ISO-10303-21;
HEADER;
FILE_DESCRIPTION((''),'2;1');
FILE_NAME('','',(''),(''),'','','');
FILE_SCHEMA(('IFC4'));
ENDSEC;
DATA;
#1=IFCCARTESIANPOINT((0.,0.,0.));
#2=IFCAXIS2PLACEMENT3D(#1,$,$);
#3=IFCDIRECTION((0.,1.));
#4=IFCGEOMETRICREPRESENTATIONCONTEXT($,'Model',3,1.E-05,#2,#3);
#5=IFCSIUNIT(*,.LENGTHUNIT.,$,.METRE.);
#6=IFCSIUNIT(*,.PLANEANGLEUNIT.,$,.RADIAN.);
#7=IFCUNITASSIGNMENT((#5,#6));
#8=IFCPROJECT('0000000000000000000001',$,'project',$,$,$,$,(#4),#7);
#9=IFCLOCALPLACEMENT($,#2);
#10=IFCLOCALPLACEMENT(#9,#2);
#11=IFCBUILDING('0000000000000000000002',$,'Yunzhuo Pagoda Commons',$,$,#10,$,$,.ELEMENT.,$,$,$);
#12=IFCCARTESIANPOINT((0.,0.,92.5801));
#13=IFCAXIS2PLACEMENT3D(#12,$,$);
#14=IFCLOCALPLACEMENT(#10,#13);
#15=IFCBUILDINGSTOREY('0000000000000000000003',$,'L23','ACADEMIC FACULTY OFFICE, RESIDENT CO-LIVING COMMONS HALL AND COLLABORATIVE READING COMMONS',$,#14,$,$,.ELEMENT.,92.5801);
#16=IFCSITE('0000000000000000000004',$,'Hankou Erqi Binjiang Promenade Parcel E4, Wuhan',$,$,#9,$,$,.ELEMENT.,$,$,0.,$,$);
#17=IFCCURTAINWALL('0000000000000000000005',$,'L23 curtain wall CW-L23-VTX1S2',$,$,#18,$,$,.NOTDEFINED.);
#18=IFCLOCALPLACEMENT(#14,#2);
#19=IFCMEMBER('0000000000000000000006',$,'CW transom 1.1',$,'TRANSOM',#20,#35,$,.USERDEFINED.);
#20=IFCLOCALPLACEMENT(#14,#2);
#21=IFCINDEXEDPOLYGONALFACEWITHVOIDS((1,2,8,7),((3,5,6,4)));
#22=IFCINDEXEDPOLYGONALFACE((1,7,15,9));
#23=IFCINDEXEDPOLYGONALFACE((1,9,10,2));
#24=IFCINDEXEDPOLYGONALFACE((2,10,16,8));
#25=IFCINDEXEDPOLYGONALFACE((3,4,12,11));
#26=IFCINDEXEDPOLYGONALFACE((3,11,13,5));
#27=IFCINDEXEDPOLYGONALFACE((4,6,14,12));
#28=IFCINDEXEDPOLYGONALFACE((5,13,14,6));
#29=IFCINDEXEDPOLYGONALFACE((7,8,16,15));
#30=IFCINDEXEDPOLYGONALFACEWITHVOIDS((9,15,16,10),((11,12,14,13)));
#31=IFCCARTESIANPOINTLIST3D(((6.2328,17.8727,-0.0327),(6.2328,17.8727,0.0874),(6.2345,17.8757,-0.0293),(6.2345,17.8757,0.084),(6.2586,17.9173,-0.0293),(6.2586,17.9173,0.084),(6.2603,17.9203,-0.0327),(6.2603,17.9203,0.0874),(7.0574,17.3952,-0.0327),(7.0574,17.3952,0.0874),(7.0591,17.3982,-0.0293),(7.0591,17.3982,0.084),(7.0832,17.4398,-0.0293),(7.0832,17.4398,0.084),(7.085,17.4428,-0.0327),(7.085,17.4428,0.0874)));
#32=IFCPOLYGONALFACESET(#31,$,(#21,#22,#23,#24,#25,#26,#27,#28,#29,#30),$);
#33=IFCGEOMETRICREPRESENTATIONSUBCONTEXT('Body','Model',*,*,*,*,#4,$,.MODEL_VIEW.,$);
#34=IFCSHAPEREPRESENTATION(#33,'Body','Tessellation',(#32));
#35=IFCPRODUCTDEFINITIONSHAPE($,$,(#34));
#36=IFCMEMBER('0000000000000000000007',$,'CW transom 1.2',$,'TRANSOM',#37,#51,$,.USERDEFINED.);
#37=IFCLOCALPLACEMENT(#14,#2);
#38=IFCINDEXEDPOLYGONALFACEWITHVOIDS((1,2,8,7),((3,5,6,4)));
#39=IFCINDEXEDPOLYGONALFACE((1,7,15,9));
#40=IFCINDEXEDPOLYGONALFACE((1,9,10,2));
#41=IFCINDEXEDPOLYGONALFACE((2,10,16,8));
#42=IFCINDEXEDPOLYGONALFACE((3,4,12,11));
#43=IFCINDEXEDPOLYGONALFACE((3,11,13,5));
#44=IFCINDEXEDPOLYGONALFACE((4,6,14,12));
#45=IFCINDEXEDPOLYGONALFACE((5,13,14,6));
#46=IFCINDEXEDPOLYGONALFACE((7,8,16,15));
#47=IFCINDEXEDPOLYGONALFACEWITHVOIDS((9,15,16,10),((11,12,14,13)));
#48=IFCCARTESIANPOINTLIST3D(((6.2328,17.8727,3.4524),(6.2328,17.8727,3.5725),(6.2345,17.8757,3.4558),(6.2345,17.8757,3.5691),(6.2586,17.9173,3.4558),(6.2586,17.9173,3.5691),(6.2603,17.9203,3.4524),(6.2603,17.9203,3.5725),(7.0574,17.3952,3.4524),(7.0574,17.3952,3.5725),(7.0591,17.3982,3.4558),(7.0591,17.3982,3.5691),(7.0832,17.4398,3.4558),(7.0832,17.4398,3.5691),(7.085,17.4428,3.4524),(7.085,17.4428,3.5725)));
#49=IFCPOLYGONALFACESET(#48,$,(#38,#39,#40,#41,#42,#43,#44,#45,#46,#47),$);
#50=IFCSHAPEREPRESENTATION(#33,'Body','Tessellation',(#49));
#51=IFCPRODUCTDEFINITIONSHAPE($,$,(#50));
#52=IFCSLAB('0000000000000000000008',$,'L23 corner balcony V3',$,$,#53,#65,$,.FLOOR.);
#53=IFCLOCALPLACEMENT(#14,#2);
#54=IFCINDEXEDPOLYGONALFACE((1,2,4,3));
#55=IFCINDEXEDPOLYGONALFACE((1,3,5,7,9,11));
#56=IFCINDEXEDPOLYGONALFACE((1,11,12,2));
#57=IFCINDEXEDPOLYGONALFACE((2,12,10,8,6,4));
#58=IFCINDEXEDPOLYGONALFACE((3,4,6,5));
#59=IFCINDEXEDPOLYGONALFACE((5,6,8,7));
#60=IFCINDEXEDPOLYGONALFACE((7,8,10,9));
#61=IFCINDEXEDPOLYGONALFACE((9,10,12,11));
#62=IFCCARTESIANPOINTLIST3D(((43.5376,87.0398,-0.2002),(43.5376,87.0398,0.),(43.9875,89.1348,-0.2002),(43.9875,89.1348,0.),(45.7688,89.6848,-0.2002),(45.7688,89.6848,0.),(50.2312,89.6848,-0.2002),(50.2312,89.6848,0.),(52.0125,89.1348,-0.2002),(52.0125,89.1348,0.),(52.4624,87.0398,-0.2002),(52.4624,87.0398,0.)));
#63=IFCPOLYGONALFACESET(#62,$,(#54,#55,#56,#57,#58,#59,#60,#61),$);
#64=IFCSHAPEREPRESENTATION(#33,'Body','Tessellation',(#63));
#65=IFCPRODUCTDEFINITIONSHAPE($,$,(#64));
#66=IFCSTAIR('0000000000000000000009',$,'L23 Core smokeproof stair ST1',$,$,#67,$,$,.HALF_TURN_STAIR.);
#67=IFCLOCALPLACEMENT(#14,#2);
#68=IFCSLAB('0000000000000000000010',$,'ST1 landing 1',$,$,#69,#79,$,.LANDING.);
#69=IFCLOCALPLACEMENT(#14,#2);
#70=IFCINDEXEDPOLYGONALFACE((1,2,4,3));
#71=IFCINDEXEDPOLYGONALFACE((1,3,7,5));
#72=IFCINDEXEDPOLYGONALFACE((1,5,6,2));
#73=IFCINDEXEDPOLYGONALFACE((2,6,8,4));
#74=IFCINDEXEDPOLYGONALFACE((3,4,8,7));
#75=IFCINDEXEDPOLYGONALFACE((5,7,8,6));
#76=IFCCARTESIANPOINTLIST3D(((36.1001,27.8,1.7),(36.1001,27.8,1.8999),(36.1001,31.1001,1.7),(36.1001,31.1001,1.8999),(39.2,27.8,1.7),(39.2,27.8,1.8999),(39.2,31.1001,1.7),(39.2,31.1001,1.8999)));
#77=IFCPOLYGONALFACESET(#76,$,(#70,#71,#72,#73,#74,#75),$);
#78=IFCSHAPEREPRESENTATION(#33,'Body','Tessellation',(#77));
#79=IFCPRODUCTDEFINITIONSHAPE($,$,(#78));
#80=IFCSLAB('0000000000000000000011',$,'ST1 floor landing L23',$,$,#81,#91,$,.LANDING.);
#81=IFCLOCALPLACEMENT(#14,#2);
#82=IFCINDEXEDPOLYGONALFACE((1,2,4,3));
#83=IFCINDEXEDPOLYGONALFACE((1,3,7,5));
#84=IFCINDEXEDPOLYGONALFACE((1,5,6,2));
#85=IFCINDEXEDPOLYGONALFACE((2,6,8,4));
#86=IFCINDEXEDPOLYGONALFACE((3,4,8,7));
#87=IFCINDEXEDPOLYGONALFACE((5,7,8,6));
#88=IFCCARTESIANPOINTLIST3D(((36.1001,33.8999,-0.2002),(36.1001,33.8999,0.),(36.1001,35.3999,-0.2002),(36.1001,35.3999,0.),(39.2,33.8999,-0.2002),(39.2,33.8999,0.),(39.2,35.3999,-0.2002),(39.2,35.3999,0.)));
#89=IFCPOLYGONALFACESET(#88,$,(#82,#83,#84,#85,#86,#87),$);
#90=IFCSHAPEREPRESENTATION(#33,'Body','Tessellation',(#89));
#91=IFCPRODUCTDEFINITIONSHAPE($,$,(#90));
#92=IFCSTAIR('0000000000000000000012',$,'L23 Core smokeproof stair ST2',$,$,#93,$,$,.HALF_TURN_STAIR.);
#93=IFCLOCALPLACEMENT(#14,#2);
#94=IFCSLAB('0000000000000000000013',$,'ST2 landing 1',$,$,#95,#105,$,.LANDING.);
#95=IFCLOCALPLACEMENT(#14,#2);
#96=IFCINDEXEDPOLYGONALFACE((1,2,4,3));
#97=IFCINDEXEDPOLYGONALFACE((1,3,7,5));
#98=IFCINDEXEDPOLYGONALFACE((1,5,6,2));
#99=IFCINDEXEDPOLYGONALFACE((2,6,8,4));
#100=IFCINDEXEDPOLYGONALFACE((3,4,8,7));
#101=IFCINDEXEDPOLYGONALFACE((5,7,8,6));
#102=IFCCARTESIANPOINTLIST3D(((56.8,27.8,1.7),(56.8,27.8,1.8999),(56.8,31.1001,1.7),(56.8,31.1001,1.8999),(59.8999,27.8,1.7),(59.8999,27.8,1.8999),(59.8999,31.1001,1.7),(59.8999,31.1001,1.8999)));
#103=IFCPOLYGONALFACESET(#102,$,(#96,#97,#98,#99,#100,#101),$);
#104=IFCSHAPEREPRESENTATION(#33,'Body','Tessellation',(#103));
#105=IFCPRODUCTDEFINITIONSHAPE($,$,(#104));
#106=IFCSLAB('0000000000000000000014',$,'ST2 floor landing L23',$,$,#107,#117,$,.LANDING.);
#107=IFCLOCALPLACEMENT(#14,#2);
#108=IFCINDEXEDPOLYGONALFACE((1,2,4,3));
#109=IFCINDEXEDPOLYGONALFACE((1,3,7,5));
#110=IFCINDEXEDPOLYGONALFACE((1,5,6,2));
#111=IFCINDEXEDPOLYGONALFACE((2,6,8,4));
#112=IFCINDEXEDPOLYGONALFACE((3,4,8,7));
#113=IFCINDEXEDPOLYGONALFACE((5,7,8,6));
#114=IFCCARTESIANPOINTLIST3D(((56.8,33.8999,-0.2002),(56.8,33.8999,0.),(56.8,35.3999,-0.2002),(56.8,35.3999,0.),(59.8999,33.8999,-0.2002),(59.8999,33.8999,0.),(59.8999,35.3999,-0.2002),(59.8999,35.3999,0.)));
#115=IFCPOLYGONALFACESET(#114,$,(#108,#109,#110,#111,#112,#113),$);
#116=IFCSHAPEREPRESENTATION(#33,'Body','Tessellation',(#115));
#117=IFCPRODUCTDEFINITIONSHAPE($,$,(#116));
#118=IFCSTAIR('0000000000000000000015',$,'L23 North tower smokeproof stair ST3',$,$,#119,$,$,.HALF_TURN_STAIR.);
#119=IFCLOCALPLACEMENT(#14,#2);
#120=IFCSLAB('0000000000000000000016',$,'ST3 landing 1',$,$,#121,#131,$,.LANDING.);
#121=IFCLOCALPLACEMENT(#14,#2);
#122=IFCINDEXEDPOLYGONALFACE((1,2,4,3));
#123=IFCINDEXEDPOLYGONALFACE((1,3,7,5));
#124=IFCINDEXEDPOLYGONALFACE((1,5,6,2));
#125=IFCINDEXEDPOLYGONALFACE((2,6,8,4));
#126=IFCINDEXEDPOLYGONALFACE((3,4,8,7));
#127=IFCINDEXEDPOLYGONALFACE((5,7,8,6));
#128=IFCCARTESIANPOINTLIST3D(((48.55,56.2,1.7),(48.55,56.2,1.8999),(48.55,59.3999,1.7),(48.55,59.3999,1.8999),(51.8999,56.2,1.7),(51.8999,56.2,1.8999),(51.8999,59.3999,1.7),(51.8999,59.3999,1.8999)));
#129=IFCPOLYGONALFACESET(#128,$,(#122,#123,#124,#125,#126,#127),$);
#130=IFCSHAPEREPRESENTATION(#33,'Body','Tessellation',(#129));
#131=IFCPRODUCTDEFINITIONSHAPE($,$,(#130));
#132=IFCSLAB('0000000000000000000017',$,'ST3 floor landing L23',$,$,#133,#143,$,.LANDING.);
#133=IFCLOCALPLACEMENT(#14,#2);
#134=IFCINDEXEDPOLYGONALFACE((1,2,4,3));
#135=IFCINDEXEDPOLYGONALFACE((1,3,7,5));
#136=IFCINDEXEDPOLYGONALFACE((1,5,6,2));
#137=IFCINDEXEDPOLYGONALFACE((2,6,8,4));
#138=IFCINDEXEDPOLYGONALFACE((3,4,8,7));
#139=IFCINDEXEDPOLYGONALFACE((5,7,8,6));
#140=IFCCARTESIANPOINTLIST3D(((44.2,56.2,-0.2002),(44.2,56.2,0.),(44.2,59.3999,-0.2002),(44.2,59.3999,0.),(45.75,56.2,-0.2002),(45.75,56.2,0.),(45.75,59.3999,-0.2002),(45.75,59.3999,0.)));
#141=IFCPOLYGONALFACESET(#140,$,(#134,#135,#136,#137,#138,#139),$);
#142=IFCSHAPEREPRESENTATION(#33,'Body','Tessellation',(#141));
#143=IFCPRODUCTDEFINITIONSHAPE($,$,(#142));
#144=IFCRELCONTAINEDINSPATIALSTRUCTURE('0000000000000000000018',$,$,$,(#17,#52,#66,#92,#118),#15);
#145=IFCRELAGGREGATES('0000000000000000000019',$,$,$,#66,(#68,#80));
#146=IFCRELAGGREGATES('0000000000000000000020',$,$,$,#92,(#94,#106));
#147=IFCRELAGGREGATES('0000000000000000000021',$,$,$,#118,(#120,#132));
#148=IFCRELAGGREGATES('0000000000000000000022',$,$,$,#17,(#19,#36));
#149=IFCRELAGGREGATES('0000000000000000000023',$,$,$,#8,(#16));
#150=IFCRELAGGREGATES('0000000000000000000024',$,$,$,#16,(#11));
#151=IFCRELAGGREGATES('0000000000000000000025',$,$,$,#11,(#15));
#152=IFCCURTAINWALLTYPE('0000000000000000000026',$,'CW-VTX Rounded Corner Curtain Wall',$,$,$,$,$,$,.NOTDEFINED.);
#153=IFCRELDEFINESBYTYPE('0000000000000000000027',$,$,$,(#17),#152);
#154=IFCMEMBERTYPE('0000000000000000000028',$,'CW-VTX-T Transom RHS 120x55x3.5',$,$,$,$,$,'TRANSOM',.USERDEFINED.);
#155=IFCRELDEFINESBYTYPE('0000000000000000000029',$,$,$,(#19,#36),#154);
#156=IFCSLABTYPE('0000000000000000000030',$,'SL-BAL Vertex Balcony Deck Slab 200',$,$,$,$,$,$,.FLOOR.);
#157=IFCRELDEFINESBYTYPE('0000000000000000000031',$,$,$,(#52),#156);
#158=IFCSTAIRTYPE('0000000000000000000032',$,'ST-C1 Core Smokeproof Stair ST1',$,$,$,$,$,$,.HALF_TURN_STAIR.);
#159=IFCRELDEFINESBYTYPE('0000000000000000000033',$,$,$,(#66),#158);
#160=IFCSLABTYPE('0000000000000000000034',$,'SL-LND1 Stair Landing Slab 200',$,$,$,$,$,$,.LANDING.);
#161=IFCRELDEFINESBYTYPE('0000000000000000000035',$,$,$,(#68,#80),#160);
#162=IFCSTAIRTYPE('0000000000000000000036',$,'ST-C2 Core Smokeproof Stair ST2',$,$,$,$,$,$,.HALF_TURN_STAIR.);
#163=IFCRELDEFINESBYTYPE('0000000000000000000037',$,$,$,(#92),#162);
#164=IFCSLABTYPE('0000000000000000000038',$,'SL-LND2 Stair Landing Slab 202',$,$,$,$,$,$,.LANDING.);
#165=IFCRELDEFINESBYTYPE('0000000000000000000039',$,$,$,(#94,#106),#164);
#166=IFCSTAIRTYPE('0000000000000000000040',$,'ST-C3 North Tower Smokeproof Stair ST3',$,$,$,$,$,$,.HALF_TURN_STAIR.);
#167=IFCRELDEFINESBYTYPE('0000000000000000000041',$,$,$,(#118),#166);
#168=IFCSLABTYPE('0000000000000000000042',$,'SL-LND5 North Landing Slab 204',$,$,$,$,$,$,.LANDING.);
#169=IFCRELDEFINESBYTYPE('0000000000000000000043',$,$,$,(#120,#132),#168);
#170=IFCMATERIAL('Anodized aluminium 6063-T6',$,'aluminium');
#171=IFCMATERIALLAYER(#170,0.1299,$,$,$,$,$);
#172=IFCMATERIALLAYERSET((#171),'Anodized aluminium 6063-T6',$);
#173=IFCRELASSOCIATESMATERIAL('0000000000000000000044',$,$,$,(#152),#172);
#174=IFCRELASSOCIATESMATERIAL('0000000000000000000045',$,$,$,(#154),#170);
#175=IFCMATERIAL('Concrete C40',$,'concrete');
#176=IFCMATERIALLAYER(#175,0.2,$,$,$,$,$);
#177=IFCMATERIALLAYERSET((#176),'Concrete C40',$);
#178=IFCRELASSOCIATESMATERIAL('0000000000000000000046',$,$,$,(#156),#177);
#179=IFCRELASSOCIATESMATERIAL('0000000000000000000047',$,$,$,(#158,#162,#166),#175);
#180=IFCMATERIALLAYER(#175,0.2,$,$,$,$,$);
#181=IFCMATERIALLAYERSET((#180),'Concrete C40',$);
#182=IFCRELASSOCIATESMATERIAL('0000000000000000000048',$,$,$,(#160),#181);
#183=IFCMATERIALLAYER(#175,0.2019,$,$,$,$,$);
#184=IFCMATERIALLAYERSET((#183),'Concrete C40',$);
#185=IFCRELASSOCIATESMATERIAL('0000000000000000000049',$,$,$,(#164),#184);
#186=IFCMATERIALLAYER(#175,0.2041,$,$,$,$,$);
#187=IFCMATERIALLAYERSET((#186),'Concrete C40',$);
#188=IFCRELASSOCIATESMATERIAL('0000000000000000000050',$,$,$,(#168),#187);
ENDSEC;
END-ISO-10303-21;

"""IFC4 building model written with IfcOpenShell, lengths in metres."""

from ifc_helpers import new_model, si_unit, direction, frame, origin, origin_2d, place, context, subcontext, project, spatial, polyline, hollow_rectangle, outline, extrude, source, transform, mapped, material, layer, layer_set, material_profile, profile_set, type_object, element, aggregate, save


model = new_model("IFC4")

# Units and contexts
model_context = context("Model", 3, precision=1e-05, world=origin(), true_north=direction((0.0, 1.0)))
body_context = subcontext(model_context, "Body", "Model", "MODEL_VIEW")
ifc_project = project(units=[si_unit("LENGTHUNIT", "METRE"), si_unit("PLANEANGLEUNIT", "RADIAN")], contexts=[model_context])

# Site, building, storey
site_placement = place(None, origin())
site = spatial("IfcSite", under=ifc_project, at=site_placement, Name="Hankou Erqi Binjiang Promenade Parcel E4, Wuhan", CompositionType="ELEMENT", RefElevation=0.0)
building_placement = place(site_placement, origin())
building = spatial("IfcBuilding", under=site, at=building_placement, Name="Yunzhuo Pagoda Commons", CompositionType="ELEMENT")
storey_placement = place(building_placement, frame((0.0, 0.0, 92.5801)))
storey = spatial("IfcBuildingStorey", under=building, at=storey_placement, Name="L23", Description="ACADEMIC FACULTY OFFICE, RESIDENT CO-LIVING COMMONS HALL AND COLLABORATIVE READING COMMONS", CompositionType="ELEMENT", Elevation=92.5801)

# Curtain wall
ifc_material_1 = material(Name="Anodized aluminium 6063-T6", Category="aluminium")
ifc_layer_1 = layer(ifc_material_1, 0.1299)
ifc_layer_set_1 = layer_set([ifc_layer_1], Name="Anodized aluminium 6063-T6")
curtain_wall_type = type_object("IfcCurtainWallType", Name="CW-VTX Rounded Corner Curtain Wall", PredefinedType="NOTDEFINED", material=ifc_layer_set_1)
curtain_wall_1_placement = place(storey_placement, origin())
curtain_wall_1 = element("IfcCurtainWall", 1, at=curtain_wall_1_placement, inside=storey, type_object=curtain_wall_type, Name="L23 curtain wall CW-L23-VTX1S2", PredefinedType="NOTDEFINED")
ifc_material_profile_1 = material_profile(ifc_material_1, hollow_rectangle(XDim=0.0549, YDim=0.1201, WallThickness=0.0034, at=origin_2d()), Name="Anodized aluminium 6063-T6")
ifc_profile_set_1 = profile_set([ifc_material_profile_1], Name="Anodized aluminium 6063-T6")
member_type_1 = type_object("IfcMemberType", Name="CW-VTX-T Transom RHS 120x55x3.5", ElementType="TRANSOM", PredefinedType="USERDEFINED", material=ifc_profile_set_1)

# Shared definitions
shared_shape_1 = source(origin(), body_context, "Body", "SweptSolid", [
    extrude(hollow_rectangle(XDim=0.0549, YDim=0.1201, WallThickness=0.0034, at=origin_2d()), origin(), (0.0, 0.0, 1.0), 0.9529),
])

# Members
member_1_placement = place(storey_placement, frame((6.2466, 17.8965, 0.0273), z_axis=(0.865391, -0.501097, 0.0), x_axis=(0.501097, 0.865391, 0.0)))
member_1 = element("IfcMember", 2, at=member_1_placement, type_object=member_type_1, Name="CW transom 1.1", ObjectType="TRANSOM", PredefinedType="USERDEFINED", context=body_context, shape_type="MappedRepresentation", body=[
    mapped(shared_shape_1, transform((0.0, 0.0, 0.0), scale=1.0)),
])
member_2_placement = place(storey_placement, frame((6.2466, 17.8965, 3.5125), z_axis=(0.865391, -0.501097, 0.0), x_axis=(0.501097, 0.865391, 0.0)))
member_2 = element("IfcMember", 3, at=member_2_placement, type_object=member_type_1, Name="CW transom 1.2", ObjectType="TRANSOM", PredefinedType="USERDEFINED", context=body_context, shape_type="MappedRepresentation", body=[
    mapped(shared_shape_1, transform((0.0, 0.0, 0.0), scale=1.0)),
])

# Slab
ifc_material_2 = material(Name="Concrete C40", Category="concrete")
ifc_layer_2 = layer(ifc_material_2, 0.2)
ifc_layer_set_2 = layer_set([ifc_layer_2], Name="Concrete C40")
slab_type_1 = type_object("IfcSlabType", Name="SL-BAL Vertex Balcony Deck Slab 200", PredefinedType="FLOOR", material=ifc_layer_set_2)
slab_1_placement = place(storey_placement, frame((0.0, 0.0, -0.2002)))
element("IfcSlab", 4, at=slab_1_placement, inside=storey, type_object=slab_type_1, Name="L23 corner balcony V3", PredefinedType="FLOOR", context=body_context, shape_type="SweptSolid", body=[
    extrude(outline(polyline([(52.4624, 87.0398), (43.5376, 87.0398), (43.9875, 89.1348), (45.7688, 89.6848), (50.2312, 89.6848), (52.0125, 89.1348), (52.4624, 87.0398)])), origin(), (0.0, 0.0, 1.0), 0.2002),
])

# Stairs, slabs
stair_type_1 = type_object("IfcStairType", Name="ST-C1 Core Smokeproof Stair ST1", PredefinedType="HALF_TURN_STAIR", material=ifc_material_2)
stair_1_placement = place(storey_placement, origin())
stair_1 = element("IfcStair", 5, at=stair_1_placement, inside=storey, type_object=stair_type_1, Name="L23 Core smokeproof stair ST1", PredefinedType="HALF_TURN_STAIR")
ifc_layer_3 = layer(ifc_material_2, 0.2)
ifc_layer_set_3 = layer_set([ifc_layer_3], Name="Concrete C40")
slab_type_2 = type_object("IfcSlabType", Name="SL-LND1 Stair Landing Slab 200", PredefinedType="LANDING", material=ifc_layer_set_3)
slab_2_placement = place(storey_placement, frame((0.0, 0.0, 1.7)))
slab_2 = element("IfcSlab", 6, at=slab_2_placement, type_object=slab_type_2, Name="ST1 landing 1", PredefinedType="LANDING", context=body_context, shape_type="SweptSolid", body=[
    extrude(outline(polyline([(36.1001, 31.1001), (36.1001, 27.8), (39.2, 27.8), (39.2, 31.1001), (36.1001, 31.1001)])), origin(), (0.0, 0.0, 1.0), 0.2),
])
slab_3_placement = place(storey_placement, frame((0.0, 0.0, -0.2002)))
slab_3 = element("IfcSlab", 7, at=slab_3_placement, type_object=slab_type_2, Name="ST1 floor landing L23", PredefinedType="LANDING", context=body_context, shape_type="SweptSolid", body=[
    extrude(outline(polyline([(36.1001, 35.3999), (36.1001, 33.8999), (39.2, 33.8999), (39.2, 35.3999), (36.1001, 35.3999)])), origin(), (0.0, 0.0, 1.0), 0.2002),
])
aggregate(stair_1, [slab_2, slab_3])
stair_type_2 = type_object("IfcStairType", Name="ST-C2 Core Smokeproof Stair ST2", PredefinedType="HALF_TURN_STAIR", material=ifc_material_2)
stair_2_placement = place(storey_placement, origin())
stair_2 = element("IfcStair", 8, at=stair_2_placement, inside=storey, type_object=stair_type_2, Name="L23 Core smokeproof stair ST2", PredefinedType="HALF_TURN_STAIR")
ifc_layer_4 = layer(ifc_material_2, 0.2019)
ifc_layer_set_4 = layer_set([ifc_layer_4], Name="Concrete C40")
slab_type_3 = type_object("IfcSlabType", Name="SL-LND2 Stair Landing Slab 202", PredefinedType="LANDING", material=ifc_layer_set_4)
slab_4_placement = place(storey_placement, frame((0.0, 0.0, 1.7)))
slab_4 = element("IfcSlab", 9, at=slab_4_placement, type_object=slab_type_3, Name="ST2 landing 1", PredefinedType="LANDING", context=body_context, shape_type="SweptSolid", body=[
    extrude(outline(polyline([(56.8, 31.1001), (56.8, 27.8), (59.8999, 27.8), (59.8999, 31.1001), (56.8, 31.1001)])), origin(), (0.0, 0.0, 1.0), 0.2),
])
slab_5_placement = place(storey_placement, frame((0.0, 0.0, -0.2002)))
slab_5 = element("IfcSlab", 10, at=slab_5_placement, type_object=slab_type_3, Name="ST2 floor landing L23", PredefinedType="LANDING", context=body_context, shape_type="SweptSolid", body=[
    extrude(outline(polyline([(56.8, 35.3999), (56.8, 33.8999), (59.8999, 33.8999), (59.8999, 35.3999), (56.8, 35.3999)])), origin(), (0.0, 0.0, 1.0), 0.2002),
])
aggregate(stair_2, [slab_4, slab_5])
stair_type_3 = type_object("IfcStairType", Name="ST-C3 North Tower Smokeproof Stair ST3", PredefinedType="HALF_TURN_STAIR", material=ifc_material_2)
stair_3_placement = place(storey_placement, origin())
stair_3 = element("IfcStair", 11, at=stair_3_placement, inside=storey, type_object=stair_type_3, Name="L23 North tower smokeproof stair ST3", PredefinedType="HALF_TURN_STAIR")
ifc_layer_5 = layer(ifc_material_2, 0.2041)
ifc_layer_set_5 = layer_set([ifc_layer_5], Name="Concrete C40")
slab_type_4 = type_object("IfcSlabType", Name="SL-LND5 North Landing Slab 204", PredefinedType="LANDING", material=ifc_layer_set_5)
slab_6_placement = place(storey_placement, frame((0.0, 0.0, 1.7)))
slab_6 = element("IfcSlab", 12, at=slab_6_placement, type_object=slab_type_4, Name="ST3 landing 1", PredefinedType="LANDING", context=body_context, shape_type="SweptSolid", body=[
    extrude(outline(polyline([(48.55, 56.2), (51.8999, 56.2), (51.8999, 59.3999), (48.55, 59.3999), (48.55, 56.2)])), origin(), (0.0, 0.0, 1.0), 0.2),
])
slab_7_placement = place(storey_placement, frame((0.0, 0.0, -0.2002)))
slab_7 = element("IfcSlab", 13, at=slab_7_placement, type_object=slab_type_4, Name="ST3 floor landing L23", PredefinedType="LANDING", context=body_context, shape_type="SweptSolid", body=[
    extrude(outline(polyline([(44.2, 56.2), (45.75, 56.2), (45.75, 59.3999), (44.2, 59.3999), (44.2, 56.2)])), origin(), (0.0, 0.0, 1.0), 0.2002),
])
aggregate(stair_3, [slab_6, slab_7])

aggregate(curtain_wall_1, [member_1, member_2])

save(model, "model.ifc")
